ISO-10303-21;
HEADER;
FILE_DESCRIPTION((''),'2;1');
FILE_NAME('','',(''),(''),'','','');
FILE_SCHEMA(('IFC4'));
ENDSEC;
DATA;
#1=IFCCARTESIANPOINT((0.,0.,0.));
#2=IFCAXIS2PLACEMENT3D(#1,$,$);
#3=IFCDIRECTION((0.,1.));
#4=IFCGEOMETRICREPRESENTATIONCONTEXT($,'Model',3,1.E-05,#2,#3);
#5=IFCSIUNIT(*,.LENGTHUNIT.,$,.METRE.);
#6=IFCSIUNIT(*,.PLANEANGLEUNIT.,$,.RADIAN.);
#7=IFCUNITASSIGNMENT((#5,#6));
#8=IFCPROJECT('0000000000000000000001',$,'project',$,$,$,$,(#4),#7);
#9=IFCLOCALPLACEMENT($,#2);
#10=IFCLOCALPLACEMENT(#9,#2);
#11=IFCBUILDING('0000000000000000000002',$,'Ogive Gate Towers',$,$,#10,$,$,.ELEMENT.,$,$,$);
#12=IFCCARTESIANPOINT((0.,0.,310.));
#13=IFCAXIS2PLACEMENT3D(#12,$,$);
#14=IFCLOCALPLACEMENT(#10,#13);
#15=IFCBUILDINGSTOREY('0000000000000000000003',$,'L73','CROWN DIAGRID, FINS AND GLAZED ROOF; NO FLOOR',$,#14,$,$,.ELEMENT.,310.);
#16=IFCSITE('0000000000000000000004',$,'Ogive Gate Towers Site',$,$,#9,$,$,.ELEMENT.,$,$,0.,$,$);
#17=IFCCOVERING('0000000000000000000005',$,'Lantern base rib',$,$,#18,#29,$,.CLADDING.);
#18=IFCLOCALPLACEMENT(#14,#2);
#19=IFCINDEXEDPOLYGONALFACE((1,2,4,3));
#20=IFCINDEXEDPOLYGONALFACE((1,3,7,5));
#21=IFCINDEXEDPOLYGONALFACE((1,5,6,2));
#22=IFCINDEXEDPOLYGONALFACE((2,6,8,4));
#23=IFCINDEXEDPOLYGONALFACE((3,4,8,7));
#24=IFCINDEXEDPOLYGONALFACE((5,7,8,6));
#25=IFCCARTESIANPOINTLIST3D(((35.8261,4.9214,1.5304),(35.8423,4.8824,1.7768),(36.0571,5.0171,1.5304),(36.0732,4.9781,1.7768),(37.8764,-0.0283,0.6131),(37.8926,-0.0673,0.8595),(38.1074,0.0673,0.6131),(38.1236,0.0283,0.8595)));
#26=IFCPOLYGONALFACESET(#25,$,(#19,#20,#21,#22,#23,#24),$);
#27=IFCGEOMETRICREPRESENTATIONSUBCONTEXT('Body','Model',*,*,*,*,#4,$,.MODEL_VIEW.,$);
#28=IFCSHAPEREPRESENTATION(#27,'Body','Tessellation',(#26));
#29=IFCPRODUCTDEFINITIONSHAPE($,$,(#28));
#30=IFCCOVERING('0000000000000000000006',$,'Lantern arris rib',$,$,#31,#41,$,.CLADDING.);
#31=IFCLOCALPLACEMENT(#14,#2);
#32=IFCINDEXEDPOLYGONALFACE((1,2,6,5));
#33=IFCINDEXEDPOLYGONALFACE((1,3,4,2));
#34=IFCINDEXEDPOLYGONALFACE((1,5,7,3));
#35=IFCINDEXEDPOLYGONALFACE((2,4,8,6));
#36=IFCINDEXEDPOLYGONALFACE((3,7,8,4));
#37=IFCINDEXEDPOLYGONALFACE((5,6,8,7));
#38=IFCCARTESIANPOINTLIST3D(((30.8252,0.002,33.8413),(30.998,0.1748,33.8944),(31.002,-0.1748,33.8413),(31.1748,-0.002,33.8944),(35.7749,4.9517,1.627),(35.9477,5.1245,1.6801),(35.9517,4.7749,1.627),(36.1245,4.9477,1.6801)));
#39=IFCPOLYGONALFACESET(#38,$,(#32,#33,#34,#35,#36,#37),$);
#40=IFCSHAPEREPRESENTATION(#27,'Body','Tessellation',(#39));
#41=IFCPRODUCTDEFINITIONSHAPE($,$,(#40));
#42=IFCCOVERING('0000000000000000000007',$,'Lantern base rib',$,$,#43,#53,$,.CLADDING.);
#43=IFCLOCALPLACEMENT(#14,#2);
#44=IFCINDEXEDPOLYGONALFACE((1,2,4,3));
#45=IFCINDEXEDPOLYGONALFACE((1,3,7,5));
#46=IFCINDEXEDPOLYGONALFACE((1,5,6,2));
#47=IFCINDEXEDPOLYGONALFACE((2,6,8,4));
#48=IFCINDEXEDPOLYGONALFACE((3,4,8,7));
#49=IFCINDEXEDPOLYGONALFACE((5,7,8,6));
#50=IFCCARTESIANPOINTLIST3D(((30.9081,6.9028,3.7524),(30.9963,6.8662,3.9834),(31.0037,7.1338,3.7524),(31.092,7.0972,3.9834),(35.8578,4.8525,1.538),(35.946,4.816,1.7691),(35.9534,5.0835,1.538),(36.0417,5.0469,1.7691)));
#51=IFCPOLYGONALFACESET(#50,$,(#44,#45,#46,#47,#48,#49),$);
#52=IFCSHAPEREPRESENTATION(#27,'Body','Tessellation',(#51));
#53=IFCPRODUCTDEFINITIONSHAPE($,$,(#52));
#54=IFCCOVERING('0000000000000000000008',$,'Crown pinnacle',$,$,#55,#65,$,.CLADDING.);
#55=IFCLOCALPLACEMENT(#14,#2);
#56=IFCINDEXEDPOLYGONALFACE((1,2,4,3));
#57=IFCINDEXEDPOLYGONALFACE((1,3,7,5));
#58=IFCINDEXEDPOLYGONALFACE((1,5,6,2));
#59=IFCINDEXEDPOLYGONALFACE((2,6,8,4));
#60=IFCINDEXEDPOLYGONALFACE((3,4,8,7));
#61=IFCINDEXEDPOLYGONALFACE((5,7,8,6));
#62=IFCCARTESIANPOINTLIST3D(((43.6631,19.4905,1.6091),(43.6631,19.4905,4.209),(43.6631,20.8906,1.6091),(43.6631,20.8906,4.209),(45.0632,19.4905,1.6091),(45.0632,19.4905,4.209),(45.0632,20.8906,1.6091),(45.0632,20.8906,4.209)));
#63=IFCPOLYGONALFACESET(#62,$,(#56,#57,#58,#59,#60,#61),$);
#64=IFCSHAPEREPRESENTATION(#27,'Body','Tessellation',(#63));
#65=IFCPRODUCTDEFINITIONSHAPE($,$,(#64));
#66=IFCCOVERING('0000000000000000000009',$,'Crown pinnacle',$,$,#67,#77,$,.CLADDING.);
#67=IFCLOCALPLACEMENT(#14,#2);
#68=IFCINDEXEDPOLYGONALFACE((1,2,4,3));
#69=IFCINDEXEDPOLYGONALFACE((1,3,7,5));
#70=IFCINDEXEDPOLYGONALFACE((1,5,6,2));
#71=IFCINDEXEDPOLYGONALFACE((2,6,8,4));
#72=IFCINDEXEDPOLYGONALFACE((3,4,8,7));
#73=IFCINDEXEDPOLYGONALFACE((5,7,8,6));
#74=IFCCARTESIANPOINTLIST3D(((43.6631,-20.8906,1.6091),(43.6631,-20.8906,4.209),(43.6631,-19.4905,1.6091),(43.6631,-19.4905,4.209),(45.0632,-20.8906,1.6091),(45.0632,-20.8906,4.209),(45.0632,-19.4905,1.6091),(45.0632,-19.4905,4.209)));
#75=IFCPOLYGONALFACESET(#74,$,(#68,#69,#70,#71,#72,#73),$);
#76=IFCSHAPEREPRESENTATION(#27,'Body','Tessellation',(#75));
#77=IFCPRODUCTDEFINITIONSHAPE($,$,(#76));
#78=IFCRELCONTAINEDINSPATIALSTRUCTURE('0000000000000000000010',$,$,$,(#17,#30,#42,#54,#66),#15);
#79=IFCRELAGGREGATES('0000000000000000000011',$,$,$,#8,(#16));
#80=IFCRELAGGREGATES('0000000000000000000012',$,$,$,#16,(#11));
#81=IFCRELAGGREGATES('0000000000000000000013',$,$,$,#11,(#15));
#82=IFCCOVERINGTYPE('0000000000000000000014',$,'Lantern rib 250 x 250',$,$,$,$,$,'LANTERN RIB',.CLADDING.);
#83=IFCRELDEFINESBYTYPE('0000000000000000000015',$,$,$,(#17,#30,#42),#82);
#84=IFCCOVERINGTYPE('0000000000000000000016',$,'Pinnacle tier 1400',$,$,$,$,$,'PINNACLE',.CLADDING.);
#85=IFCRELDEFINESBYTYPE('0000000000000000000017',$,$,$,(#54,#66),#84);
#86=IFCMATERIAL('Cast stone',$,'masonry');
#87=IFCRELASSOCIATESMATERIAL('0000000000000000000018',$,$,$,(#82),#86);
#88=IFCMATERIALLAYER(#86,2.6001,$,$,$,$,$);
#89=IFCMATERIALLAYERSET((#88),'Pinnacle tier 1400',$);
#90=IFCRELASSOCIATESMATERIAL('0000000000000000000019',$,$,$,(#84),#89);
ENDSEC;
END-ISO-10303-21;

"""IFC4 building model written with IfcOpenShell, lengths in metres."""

from ifc_helpers import new_model, si_unit, direction, frame, origin, origin_2d, place, context, subcontext, project, spatial, polyline, rectangle, outline, extrude, material, layer, layer_set, material_profile, profile_set, type_object, element, save


model = new_model("IFC4")

# Units and contexts
model_context = context("Model", 3, precision=1e-05, world=origin(), true_north=direction((0.0, 1.0)))
body_context = subcontext(model_context, "Body", "Model", "MODEL_VIEW")
ifc_project = project(units=[si_unit("LENGTHUNIT", "METRE"), si_unit("PLANEANGLEUNIT", "RADIAN")], contexts=[model_context])

# Site, building, storey
site_placement = place(None, origin())
site = spatial("IfcSite", under=ifc_project, at=site_placement, Name="Ogive Gate Towers Site", CompositionType="ELEMENT", RefElevation=0.0)
building_placement = place(site_placement, origin())
building = spatial("IfcBuilding", under=site, at=building_placement, Name="Ogive Gate Towers", CompositionType="ELEMENT")
storey_placement = place(building_placement, frame((0.0, 0.0, 310.0)))
storey = spatial("IfcBuildingStorey", under=building, at=storey_placement, Name="L73", Description="CROWN DIAGRID, FINS AND GLAZED ROOF; NO FLOOR", CompositionType="ELEMENT", Elevation=310.0)

# Coverings
ifc_material_1 = material(Name="Cast stone", Category="masonry")
ifc_material_profile_1 = material_profile(ifc_material_1, rectangle(XDim=0.25, YDim=0.25, at=origin_2d()), Name="250 x 250 cast stone")
ifc_profile_set_1 = profile_set([ifc_material_profile_1], Name="Cast stone")
covering_type_1 = type_object("IfcCoveringType", Name="Lantern rib 250 x 250", ElementType="LANTERN RIB", PredefinedType="CLADDING", material=ifc_profile_set_1)
covering_1_placement = place(storey_placement, frame((38.0, 0.0, 0.7363), z_axis=(-0.377204, 0.910626, 0.168749), x_axis=(-0.923876, -0.382693, 0.0)))
element("IfcCovering", 1, at=covering_1_placement, inside=storey, type_object=covering_type_1, Name="Lantern base rib", PredefinedType="CLADDING", context=body_context, shape_type="SweptSolid", body=[
    extrude(rectangle(XDim=0.25, YDim=0.25, at=origin_2d()), origin(), (0.0, 0.0, 1.0), 5.4355),
])
covering_2_placement = place(storey_placement, frame((35.9497, 4.9497, 1.6536), z_axis=(-0.150145, -0.150145, 0.977196), x_axis=(0.707107, -0.707107, 0.0)))
element("IfcCovering", 2, at=covering_2_placement, inside=storey, type_object=covering_type_1, Name="Lantern arris rib", PredefinedType="CLADDING", context=body_context, shape_type="SweptSolid", body=[
    extrude(rectangle(XDim=0.25, YDim=0.25, at=origin_2d()), origin(), (0.0, 0.0, 1.0), 32.9661),
])
covering_3_placement = place(storey_placement, frame((35.9497, 4.9497, 1.6536), z_axis=(-0.853821, 0.353674, 0.381975), x_axis=(-0.382693, -0.923876, 0.0)))
element("IfcCovering", 3, at=covering_3_placement, inside=storey, type_object=covering_type_1, Name="Lantern base rib", PredefinedType="CLADDING", context=body_context, shape_type="SweptSolid", body=[
    extrude(rectangle(XDim=0.25, YDim=0.25, at=origin_2d()), origin(), (0.0, 0.0, 1.0), 5.7971),
])
ifc_layer_1 = layer(ifc_material_1, 2.6001)
ifc_layer_set_1 = layer_set([ifc_layer_1], Name="Pinnacle tier 1400")
covering_type_2 = type_object("IfcCoveringType", Name="Pinnacle tier 1400", ElementType="PINNACLE", PredefinedType="CLADDING", material=ifc_layer_set_1)
covering_4_placement = place(storey_placement, frame((0.0, 0.0, 1.6091)))
element("IfcCovering", 4, at=covering_4_placement, inside=storey, type_object=covering_type_2, Name="Crown pinnacle", PredefinedType="CLADDING", context=body_context, shape_type="SweptSolid", body=[
    extrude(outline(polyline([(45.0632, 20.8906), (43.6631, 20.8906), (43.6631, 19.4905), (45.0632, 19.4905), (45.0632, 20.8906)])), origin(), (0.0, 0.0, 1.0), 2.5999),
])
covering_5_placement = place(storey_placement, frame((0.0, 0.0, 1.6091)))
element("IfcCovering", 5, at=covering_5_placement, inside=storey, type_object=covering_type_2, Name="Crown pinnacle", PredefinedType="CLADDING", context=body_context, shape_type="SweptSolid", body=[
    extrude(outline(polyline([(45.0632, -19.4905), (43.6631, -19.4905), (43.6631, -20.8906), (45.0632, -20.8906), (45.0632, -19.4905)])), origin(), (0.0, 0.0, 1.0), 2.5999),
])

save(model, "model.ifc")
